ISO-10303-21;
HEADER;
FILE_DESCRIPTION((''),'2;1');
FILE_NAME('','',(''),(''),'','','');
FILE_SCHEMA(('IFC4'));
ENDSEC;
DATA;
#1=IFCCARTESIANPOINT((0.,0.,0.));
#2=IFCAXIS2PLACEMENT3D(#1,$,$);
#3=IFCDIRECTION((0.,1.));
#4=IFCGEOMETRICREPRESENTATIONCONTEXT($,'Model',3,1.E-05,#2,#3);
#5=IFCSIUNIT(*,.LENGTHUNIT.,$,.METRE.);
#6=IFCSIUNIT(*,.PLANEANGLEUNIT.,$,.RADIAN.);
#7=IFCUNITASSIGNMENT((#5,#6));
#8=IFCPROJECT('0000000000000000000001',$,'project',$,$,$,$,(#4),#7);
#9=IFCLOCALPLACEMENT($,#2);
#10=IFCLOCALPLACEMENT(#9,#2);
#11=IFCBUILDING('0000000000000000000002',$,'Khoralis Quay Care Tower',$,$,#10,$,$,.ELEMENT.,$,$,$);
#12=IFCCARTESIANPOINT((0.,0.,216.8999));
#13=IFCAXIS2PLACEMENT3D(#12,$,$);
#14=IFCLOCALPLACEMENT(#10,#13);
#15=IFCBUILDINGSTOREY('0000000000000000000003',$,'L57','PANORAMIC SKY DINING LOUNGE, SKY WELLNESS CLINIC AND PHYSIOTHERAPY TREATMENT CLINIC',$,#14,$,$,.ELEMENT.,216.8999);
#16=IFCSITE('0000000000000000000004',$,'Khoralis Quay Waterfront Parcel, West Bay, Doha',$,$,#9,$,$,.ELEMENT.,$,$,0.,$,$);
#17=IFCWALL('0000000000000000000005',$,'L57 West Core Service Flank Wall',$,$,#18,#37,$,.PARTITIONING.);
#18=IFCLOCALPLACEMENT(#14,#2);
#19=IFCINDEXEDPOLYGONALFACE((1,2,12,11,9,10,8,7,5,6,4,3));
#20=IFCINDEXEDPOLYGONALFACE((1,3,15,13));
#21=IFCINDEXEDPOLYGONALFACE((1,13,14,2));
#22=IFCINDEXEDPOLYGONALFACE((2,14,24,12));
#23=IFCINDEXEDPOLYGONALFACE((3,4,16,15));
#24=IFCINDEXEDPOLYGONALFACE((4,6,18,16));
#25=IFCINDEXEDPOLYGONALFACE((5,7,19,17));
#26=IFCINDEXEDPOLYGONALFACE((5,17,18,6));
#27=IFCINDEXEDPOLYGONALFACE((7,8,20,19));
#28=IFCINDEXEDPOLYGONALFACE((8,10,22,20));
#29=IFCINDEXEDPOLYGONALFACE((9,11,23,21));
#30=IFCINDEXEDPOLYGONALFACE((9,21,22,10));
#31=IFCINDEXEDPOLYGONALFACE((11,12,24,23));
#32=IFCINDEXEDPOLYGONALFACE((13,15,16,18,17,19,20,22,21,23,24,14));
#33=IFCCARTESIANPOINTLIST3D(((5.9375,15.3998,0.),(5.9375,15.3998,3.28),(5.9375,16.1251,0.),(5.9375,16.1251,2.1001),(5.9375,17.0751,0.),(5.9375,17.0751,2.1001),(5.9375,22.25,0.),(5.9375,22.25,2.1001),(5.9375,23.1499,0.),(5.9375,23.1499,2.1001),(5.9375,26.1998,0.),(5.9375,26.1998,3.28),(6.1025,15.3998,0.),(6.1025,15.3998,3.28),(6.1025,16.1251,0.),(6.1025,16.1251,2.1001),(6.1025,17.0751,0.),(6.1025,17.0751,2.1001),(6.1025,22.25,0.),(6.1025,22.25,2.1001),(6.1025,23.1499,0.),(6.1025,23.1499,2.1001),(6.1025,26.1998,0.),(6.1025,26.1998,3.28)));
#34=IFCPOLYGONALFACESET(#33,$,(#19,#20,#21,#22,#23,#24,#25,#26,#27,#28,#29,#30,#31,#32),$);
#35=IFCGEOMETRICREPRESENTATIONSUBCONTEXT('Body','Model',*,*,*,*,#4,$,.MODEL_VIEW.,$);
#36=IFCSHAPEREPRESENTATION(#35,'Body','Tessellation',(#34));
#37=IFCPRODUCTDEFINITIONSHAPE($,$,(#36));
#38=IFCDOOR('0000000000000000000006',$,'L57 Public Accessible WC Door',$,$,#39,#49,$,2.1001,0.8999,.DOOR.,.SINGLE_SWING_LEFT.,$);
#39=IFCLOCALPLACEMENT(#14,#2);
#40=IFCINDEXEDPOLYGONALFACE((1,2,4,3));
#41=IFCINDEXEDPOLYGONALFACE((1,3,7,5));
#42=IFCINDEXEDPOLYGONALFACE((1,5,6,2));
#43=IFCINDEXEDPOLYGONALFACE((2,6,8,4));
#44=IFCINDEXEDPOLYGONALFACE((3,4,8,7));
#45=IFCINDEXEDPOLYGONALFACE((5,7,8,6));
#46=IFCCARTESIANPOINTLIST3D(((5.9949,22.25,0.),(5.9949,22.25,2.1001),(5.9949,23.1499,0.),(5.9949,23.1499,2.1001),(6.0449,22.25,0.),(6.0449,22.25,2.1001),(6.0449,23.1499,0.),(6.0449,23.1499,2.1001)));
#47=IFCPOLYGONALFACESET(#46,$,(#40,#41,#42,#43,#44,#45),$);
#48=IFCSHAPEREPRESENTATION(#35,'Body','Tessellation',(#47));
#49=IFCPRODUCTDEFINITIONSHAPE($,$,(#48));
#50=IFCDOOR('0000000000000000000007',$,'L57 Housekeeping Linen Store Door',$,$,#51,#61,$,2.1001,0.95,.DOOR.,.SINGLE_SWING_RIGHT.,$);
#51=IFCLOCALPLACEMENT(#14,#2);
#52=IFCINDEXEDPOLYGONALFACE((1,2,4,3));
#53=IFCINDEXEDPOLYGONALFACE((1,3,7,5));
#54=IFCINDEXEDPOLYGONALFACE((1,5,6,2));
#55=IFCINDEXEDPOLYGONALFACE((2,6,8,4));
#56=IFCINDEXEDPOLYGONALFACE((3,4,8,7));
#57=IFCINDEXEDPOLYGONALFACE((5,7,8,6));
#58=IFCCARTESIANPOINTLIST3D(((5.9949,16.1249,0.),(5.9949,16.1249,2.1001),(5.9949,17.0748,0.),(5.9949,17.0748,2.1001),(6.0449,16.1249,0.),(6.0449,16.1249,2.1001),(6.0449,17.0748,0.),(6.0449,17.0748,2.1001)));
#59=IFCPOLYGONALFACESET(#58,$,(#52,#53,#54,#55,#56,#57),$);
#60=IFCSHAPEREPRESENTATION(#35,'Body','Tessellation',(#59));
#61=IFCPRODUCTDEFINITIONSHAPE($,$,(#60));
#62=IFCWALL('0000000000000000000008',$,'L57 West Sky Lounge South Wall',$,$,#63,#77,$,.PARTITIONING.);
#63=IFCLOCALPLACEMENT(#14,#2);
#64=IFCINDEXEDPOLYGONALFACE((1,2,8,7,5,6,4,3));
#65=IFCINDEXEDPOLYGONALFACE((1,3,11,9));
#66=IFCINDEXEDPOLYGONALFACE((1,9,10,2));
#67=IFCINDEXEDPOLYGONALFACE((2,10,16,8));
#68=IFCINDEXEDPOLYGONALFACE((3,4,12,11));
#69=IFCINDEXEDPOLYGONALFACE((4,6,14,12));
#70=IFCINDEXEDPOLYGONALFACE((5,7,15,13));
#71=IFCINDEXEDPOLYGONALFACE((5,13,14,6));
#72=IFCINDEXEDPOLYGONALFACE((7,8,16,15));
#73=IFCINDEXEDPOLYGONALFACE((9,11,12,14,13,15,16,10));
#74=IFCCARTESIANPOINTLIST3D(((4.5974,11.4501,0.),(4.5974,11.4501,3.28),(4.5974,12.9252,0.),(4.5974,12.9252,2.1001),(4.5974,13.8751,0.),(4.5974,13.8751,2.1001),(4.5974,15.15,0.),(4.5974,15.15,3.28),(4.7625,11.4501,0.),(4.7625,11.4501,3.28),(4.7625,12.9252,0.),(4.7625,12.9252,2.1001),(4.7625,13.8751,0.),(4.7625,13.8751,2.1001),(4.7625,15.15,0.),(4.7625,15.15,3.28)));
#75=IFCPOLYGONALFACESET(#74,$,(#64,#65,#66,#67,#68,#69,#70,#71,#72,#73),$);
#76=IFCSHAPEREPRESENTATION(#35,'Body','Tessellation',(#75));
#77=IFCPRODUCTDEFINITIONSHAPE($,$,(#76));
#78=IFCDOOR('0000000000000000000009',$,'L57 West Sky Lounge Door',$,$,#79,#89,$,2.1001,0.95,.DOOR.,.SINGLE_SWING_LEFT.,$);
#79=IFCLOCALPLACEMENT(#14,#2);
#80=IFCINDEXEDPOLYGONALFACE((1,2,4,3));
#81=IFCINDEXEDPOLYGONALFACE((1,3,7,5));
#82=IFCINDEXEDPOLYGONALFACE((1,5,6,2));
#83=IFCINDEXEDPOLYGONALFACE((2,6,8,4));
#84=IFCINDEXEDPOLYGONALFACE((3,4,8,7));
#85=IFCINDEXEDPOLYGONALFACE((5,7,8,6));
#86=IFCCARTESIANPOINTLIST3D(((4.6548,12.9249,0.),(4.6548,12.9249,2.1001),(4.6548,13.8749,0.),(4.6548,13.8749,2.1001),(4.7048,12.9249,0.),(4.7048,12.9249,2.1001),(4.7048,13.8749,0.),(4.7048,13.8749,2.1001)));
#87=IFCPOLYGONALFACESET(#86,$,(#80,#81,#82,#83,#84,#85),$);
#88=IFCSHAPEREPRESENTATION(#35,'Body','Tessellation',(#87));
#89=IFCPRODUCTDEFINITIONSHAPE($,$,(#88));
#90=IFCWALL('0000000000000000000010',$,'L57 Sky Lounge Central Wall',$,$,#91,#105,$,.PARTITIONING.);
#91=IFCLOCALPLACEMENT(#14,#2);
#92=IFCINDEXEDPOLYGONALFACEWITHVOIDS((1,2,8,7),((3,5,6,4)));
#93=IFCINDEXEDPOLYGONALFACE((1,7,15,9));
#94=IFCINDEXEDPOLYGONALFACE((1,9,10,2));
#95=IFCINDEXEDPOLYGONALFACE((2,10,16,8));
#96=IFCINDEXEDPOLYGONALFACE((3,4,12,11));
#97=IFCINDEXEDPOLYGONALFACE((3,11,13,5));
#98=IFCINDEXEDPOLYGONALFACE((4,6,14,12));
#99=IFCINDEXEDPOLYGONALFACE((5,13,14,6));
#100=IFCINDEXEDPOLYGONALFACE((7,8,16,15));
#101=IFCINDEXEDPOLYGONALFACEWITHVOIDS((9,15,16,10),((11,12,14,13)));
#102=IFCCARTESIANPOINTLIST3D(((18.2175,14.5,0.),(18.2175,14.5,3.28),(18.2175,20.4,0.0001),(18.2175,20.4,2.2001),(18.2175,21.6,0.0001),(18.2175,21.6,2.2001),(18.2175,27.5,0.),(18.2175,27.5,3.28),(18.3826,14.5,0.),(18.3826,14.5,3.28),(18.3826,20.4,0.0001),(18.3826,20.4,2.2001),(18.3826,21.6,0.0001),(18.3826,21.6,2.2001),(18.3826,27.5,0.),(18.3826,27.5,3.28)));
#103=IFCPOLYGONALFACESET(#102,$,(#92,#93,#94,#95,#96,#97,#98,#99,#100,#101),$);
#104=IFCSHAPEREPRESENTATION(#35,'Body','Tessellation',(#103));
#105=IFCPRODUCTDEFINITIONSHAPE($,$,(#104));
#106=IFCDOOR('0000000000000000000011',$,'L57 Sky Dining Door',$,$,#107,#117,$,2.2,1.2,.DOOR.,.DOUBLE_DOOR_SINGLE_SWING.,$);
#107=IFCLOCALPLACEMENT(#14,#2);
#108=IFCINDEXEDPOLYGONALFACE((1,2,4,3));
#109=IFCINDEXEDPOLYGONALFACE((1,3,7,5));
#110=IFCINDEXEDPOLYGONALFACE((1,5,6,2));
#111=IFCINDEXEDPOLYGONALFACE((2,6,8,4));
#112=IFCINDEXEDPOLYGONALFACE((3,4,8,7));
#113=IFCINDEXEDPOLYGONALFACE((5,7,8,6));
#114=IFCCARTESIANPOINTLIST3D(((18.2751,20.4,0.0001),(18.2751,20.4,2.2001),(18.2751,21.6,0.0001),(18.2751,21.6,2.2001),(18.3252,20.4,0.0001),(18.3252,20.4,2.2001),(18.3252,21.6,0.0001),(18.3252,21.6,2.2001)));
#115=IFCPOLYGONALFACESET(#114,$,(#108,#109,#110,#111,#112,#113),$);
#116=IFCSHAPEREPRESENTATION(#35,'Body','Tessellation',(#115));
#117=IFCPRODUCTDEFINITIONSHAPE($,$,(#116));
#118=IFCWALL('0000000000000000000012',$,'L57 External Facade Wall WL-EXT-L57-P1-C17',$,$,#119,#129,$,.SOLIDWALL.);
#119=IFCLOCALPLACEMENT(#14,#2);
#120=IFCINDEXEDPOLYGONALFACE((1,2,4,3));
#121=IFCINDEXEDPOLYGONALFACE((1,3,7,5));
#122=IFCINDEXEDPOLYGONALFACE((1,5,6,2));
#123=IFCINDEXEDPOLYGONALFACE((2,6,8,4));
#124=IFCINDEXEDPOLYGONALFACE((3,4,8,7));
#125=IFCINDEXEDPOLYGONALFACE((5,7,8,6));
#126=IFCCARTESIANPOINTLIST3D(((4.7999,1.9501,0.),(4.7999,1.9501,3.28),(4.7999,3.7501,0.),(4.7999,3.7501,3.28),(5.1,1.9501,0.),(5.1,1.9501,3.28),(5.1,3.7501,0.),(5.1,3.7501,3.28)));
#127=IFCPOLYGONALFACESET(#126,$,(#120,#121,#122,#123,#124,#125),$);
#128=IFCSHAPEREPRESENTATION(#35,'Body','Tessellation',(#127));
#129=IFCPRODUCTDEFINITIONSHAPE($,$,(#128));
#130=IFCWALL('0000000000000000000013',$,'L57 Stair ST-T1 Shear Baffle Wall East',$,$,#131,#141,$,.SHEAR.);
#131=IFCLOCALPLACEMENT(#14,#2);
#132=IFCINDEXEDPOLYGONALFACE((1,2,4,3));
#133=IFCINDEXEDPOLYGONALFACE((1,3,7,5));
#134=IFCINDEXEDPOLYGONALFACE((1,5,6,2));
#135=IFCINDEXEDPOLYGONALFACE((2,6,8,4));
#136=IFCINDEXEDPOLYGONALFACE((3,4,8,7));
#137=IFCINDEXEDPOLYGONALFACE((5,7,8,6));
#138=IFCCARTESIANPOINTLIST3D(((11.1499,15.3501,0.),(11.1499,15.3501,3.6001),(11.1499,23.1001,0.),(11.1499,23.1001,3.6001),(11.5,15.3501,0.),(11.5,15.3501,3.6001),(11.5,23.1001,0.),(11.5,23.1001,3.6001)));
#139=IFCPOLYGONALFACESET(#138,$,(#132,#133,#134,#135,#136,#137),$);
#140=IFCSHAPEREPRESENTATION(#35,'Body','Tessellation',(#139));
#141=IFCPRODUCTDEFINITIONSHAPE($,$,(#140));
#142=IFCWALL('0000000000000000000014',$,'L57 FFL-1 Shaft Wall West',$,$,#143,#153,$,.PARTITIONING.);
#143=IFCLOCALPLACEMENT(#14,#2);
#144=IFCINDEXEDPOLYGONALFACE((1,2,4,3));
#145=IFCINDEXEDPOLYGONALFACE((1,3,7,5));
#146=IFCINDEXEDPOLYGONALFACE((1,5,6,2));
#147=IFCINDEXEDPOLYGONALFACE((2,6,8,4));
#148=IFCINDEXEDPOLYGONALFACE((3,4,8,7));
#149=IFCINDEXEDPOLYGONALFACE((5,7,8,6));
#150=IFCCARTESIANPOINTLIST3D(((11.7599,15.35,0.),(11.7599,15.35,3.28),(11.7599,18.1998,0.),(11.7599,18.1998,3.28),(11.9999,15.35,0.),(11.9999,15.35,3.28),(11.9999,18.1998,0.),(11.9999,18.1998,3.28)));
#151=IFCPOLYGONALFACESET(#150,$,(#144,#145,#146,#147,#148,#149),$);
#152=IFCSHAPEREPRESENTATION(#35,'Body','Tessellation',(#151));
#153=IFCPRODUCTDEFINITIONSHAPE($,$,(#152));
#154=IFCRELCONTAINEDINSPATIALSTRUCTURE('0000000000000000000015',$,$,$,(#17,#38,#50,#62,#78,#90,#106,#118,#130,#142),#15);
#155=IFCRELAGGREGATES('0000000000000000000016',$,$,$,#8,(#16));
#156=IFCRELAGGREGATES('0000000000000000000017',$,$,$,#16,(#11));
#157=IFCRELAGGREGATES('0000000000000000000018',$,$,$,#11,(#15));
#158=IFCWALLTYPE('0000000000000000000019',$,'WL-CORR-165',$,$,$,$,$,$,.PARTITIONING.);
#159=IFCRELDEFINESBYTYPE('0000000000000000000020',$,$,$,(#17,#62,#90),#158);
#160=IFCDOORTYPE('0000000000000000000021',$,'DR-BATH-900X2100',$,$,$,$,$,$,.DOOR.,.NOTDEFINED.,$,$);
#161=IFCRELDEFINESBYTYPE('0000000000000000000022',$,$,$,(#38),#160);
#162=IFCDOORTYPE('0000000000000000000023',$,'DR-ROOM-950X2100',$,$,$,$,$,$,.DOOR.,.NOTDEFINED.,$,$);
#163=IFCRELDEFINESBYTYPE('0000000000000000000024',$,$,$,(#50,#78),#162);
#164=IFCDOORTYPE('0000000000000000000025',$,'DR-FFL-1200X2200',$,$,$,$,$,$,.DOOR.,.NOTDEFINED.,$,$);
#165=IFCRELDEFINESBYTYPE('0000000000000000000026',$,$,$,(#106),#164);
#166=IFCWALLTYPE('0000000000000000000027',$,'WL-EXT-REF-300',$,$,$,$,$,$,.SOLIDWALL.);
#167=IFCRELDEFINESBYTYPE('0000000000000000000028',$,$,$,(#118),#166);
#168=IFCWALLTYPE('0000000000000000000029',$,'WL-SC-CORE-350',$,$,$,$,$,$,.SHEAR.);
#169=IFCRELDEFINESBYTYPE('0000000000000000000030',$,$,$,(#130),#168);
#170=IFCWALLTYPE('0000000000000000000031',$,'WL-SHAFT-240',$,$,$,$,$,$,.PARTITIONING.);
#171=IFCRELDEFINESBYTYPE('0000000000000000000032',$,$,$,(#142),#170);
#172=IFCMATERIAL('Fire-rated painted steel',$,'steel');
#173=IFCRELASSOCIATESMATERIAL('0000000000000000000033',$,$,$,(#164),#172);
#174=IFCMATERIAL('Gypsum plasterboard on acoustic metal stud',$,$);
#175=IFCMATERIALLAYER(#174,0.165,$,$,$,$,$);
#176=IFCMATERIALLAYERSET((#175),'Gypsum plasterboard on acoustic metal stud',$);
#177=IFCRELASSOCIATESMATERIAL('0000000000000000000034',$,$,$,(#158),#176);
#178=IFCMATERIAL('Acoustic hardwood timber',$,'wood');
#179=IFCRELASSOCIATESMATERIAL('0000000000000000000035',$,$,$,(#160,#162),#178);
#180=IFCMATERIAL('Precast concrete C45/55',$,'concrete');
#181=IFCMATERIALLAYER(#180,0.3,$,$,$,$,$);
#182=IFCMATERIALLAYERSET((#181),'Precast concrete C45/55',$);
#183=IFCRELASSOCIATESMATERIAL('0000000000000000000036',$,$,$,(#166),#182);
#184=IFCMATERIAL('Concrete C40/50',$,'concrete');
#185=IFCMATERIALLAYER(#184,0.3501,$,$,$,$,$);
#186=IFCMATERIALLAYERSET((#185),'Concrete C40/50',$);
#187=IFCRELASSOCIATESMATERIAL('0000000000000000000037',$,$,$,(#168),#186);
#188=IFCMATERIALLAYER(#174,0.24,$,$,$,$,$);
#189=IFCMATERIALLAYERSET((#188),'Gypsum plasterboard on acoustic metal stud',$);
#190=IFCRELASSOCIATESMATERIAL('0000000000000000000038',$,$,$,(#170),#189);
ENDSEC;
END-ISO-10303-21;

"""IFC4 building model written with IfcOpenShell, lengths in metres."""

from ifc_helpers import new_model, si_unit, direction, frame, frame_2d, origin, place, context, subcontext, project, spatial, rectangle, extrude, source, transform, mapped, material, layer, layer_set, type_object, element, fill, save


model = new_model("IFC4")

# Units and contexts
model_context = context("Model", 3, precision=1e-05, world=origin(), true_north=direction((0.0, 1.0)))
body_context = subcontext(model_context, "Body", "Model", "MODEL_VIEW")
ifc_project = project(units=[si_unit("LENGTHUNIT", "METRE"), si_unit("PLANEANGLEUNIT", "RADIAN")], contexts=[model_context])

# Site, building, storey
site_placement = place(None, origin())
site = spatial("IfcSite", under=ifc_project, at=site_placement, Name="Khoralis Quay Waterfront Parcel, West Bay, Doha", CompositionType="ELEMENT", RefElevation=0.0)
building_placement = place(site_placement, origin())
building = spatial("IfcBuilding", under=site, at=building_placement, Name="Khoralis Quay Care Tower", CompositionType="ELEMENT")
storey_placement = place(building_placement, frame((0.0, 0.0, 216.8999)))
storey = spatial("IfcBuildingStorey", under=building, at=storey_placement, Name="L57", Description="PANORAMIC SKY DINING LOUNGE, SKY WELLNESS CLINIC AND PHYSIOTHERAPY TREATMENT CLINIC", CompositionType="ELEMENT", Elevation=216.8999)

# Shared definitions
ifc_material_1 = material(Name="Gypsum plasterboard on acoustic metal stud")
ifc_material_2 = material(Name="Fire-rated painted steel", Category="steel")
door_type_1 = type_object("IfcDoorType", Name="DR-FFL-1200X2200", OperationType="NOTDEFINED", PredefinedType="DOOR", material=ifc_material_2)
shared_shape_1 = source(origin(), body_context, "Body", "SweptSolid", [
    extrude(rectangle(XDim=1.2, YDim=2.2, at=frame_2d((0.6001, 1.1001))), frame((0.0, 0.0249, 0.0), z_axis=(0.0, -1.0, 0.0), x_axis=(1.0, 0.0, 0.0)), (0.0, 0.0, 1.0), 0.05),
])

# Wall, openings, doors
ifc_layer_1 = layer(ifc_material_1, 0.165)
ifc_layer_set_1 = layer_set([ifc_layer_1], Name="Gypsum plasterboard on acoustic metal stud")
wall_type_1 = type_object("IfcWallType", Name="WL-CORR-165", PredefinedType="PARTITIONING", material=ifc_layer_set_1)
wall_1_placement = place(storey_placement, frame((6.02, 15.3999, 0.0), z_axis=(0.0, 0.0, 1.0), x_axis=(0.0, 1.0, 0.0)))
wall_1 = element("IfcWall", 1, at=wall_1_placement, inside=storey, type_object=wall_type_1, Name="L57 West Core Service Flank Wall", PredefinedType="PARTITIONING", context=body_context, shape_type="SweptSolid", body=[
    extrude(rectangle(XDim=10.8, YDim=0.165, at=frame_2d((5.3999, 0.0))), origin(), (0.0, 0.0, 1.0), 3.28),
])
opening_1_placement = place(wall_1_placement, frame((0.7251, 0.0, 0.0)))
opening_1 = element("IfcOpeningElement", 2, at=opening_1_placement, cuts=wall_1, PredefinedType="OPENING", context=body_context, shape_type="SweptSolid", body=[
    extrude(rectangle(XDim=0.95, YDim=2.1001, at=frame_2d((0.4751, 1.05))), frame((0.0, 0.0925, 0.0), z_axis=(0.0, -1.0, 0.0), x_axis=(1.0, 0.0, 0.0)), (0.0, 0.0, 1.0), 0.1851),
])
opening_2_placement = place(wall_1_placement, frame((6.8501, 0.0, 0.0)))
opening_2 = element("IfcOpeningElement", 3, at=opening_2_placement, cuts=wall_1, PredefinedType="OPENING", context=body_context, shape_type="SweptSolid", body=[
    extrude(rectangle(XDim=0.8999, YDim=2.1001, at=frame_2d((0.45, 1.05))), frame((0.0, 0.0925, 0.0), z_axis=(0.0, -1.0, 0.0), x_axis=(1.0, 0.0, 0.0)), (0.0, 0.0, 1.0), 0.1851),
])
ifc_material_3 = material(Name="Acoustic hardwood timber", Category="wood")
door_type_2 = type_object("IfcDoorType", Name="DR-BATH-900X2100", OperationType="NOTDEFINED", PredefinedType="DOOR", material=ifc_material_3)
shared_shape_2 = source(origin(), body_context, "Body", "SweptSolid", [
    extrude(rectangle(XDim=0.8999, YDim=2.1001, at=frame_2d((0.45, 1.05))), frame((0.0, 0.0249, 0.0), z_axis=(0.0, -1.0, 0.0), x_axis=(1.0, 0.0, 0.0)), (0.0, 0.0, 1.0), 0.05),
])
door_1_placement = place(opening_2_placement, frame((0.8999, 0.0, 0.0), z_axis=(0.0, 0.0, 1.0), x_axis=(-1.0, 0.0, 0.0)))
door_1 = element("IfcDoor", 4, at=door_1_placement, inside=storey, type_object=door_type_2, Name="L57 Public Accessible WC Door", OperationType="SINGLE_SWING_LEFT", OverallHeight=2.1001, OverallWidth=0.8999, PredefinedType="DOOR", context=body_context, shape_type="MappedRepresentation", body=[
    mapped(shared_shape_2, transform((0.0, 0.0, 0.0), scale=1.0)),
])
fill(opening_2, door_1)
door_type_3 = type_object("IfcDoorType", Name="DR-ROOM-950X2100", OperationType="NOTDEFINED", PredefinedType="DOOR", material=ifc_material_3)
shared_shape_3 = source(origin(), body_context, "Body", "SweptSolid", [
    extrude(rectangle(XDim=0.95, YDim=2.1001, at=frame_2d((0.4751, 1.05))), frame((0.0, 0.0249, 0.0), z_axis=(0.0, -1.0, 0.0), x_axis=(1.0, 0.0, 0.0)), (0.0, 0.0, 1.0), 0.05),
])
door_2_placement = place(opening_1_placement, frame((0.95, 0.0, 0.0), z_axis=(0.0, 0.0, 1.0), x_axis=(-1.0, 0.0, 0.0)))
door_2 = element("IfcDoor", 5, at=door_2_placement, inside=storey, type_object=door_type_3, Name="L57 Housekeeping Linen Store Door", OperationType="SINGLE_SWING_RIGHT", OverallHeight=2.1001, OverallWidth=0.95, PredefinedType="DOOR", context=body_context, shape_type="MappedRepresentation", body=[
    mapped(shared_shape_3, transform((0.0, 0.0, 0.0), scale=1.0)),
])
fill(opening_1, door_2)

# Walls, openings, doors
wall_2_placement = place(storey_placement, frame((4.6799, 11.45, 0.0), z_axis=(0.0, 0.0, 1.0), x_axis=(0.0, 1.0, 0.0)))
wall_2 = element("IfcWall", 6, at=wall_2_placement, inside=storey, type_object=wall_type_1, Name="L57 West Sky Lounge South Wall", PredefinedType="PARTITIONING", context=body_context, shape_type="SweptSolid", body=[
    extrude(rectangle(XDim=3.7, YDim=0.165, at=frame_2d((1.8501, 0.0))), origin(), (0.0, 0.0, 1.0), 3.28),
])
opening_3_placement = place(wall_2_placement, frame((1.4751, 0.0, 0.0)))
opening_3 = element("IfcOpeningElement", 7, at=opening_3_placement, cuts=wall_2, PredefinedType="OPENING", context=body_context, shape_type="SweptSolid", body=[
    extrude(rectangle(XDim=0.95, YDim=2.1001, at=frame_2d((0.4751, 1.05))), frame((0.0, 0.0925, 0.0), z_axis=(0.0, -1.0, 0.0), x_axis=(1.0, 0.0, 0.0)), (0.0, 0.0, 1.0), 0.1851),
])
door_3_placement = place(opening_3_placement, frame((0.95, 0.0, 0.0), z_axis=(0.0, 0.0, 1.0), x_axis=(-1.0, 0.0, 0.0)))
door_3 = element("IfcDoor", 8, at=door_3_placement, inside=storey, type_object=door_type_3, Name="L57 West Sky Lounge Door", OperationType="SINGLE_SWING_LEFT", OverallHeight=2.1001, OverallWidth=0.95, PredefinedType="DOOR", context=body_context, shape_type="MappedRepresentation", body=[
    mapped(shared_shape_3, transform((0.0, 0.0, 0.0), scale=1.0)),
])
fill(opening_3, door_3)
wall_3_placement = place(storey_placement, frame((18.3, 14.5, 0.0), z_axis=(0.0, 0.0, 1.0), x_axis=(0.0, 1.0, 0.0)))
wall_3 = element("IfcWall", 9, at=wall_3_placement, inside=storey, type_object=wall_type_1, Name="L57 Sky Lounge Central Wall", PredefinedType="PARTITIONING", context=body_context, shape_type="SweptSolid", body=[
    extrude(rectangle(XDim=13.0, YDim=0.165, at=frame_2d((6.5, 0.0))), origin(), (0.0, 0.0, 1.0), 3.28),
])
opening_4_placement = place(wall_3_placement, frame((5.8999, 0.0, 0.0)))
opening_4 = element("IfcOpeningElement", 10, at=opening_4_placement, cuts=wall_3, PredefinedType="OPENING", context=body_context, shape_type="SweptSolid", body=[
    extrude(rectangle(XDim=1.2, YDim=2.2, at=frame_2d((0.6001, 1.1001))), frame((0.0, 0.0925, 0.0), z_axis=(0.0, -1.0, 0.0), x_axis=(1.0, 0.0, 0.0)), (0.0, 0.0, 1.0), 0.1851),
])
door_4_placement = place(opening_4_placement, origin())
door_4 = element("IfcDoor", 11, at=door_4_placement, inside=storey, type_object=door_type_1, Name="L57 Sky Dining Door", OperationType="DOUBLE_DOOR_SINGLE_SWING", OverallHeight=2.2, OverallWidth=1.2, PredefinedType="DOOR", context=body_context, shape_type="MappedRepresentation", body=[
    mapped(shared_shape_1, transform((0.0, 0.0, 0.0), scale=1.0)),
])
fill(opening_4, door_4)

# Walls
ifc_material_4 = material(Name="Precast concrete C45/55", Category="concrete")
ifc_layer_2 = layer(ifc_material_4, 0.3)
ifc_layer_set_2 = layer_set([ifc_layer_2], Name="Precast concrete C45/55")
wall_type_2 = type_object("IfcWallType", Name="WL-EXT-REF-300", PredefinedType="SOLIDWALL", material=ifc_layer_set_2)
wall_4_placement = place(storey_placement, frame((4.95, 3.75, 0.0), z_axis=(0.0, 0.0, 1.0), x_axis=(0.0, -1.0, 0.0)))
element("IfcWall", 12, at=wall_4_placement, inside=storey, type_object=wall_type_2, Name="L57 External Facade Wall WL-EXT-L57-P1-C17", PredefinedType="SOLIDWALL", context=body_context, shape_type="SweptSolid", body=[
    extrude(rectangle(XDim=1.8, YDim=0.3, at=frame_2d((0.8999, 0.0))), origin(), (0.0, 0.0, 1.0), 3.28),
])
ifc_material_5 = material(Name="Concrete C40/50", Category="concrete")
ifc_layer_3 = layer(ifc_material_5, 0.3501)
ifc_layer_set_3 = layer_set([ifc_layer_3], Name="Concrete C40/50")
wall_type_3 = type_object("IfcWallType", Name="WL-SC-CORE-350", PredefinedType="SHEAR", material=ifc_layer_set_3)
wall_5_placement = place(storey_placement, frame((11.325, 15.3501, 0.0), z_axis=(0.0, 0.0, 1.0), x_axis=(0.0, 1.0, 0.0)))
element("IfcWall", 13, at=wall_5_placement, inside=storey, type_object=wall_type_3, Name="L57 Stair ST-T1 Shear Baffle Wall East", PredefinedType="SHEAR", context=body_context, shape_type="SweptSolid", body=[
    extrude(rectangle(XDim=7.75, YDim=0.3501, at=frame_2d((3.875, 0.0))), origin(), (0.0, 0.0, 1.0), 3.6001),
])
ifc_layer_4 = layer(ifc_material_1, 0.24)
ifc_layer_set_4 = layer_set([ifc_layer_4], Name="Gypsum plasterboard on acoustic metal stud")
wall_type_4 = type_object("IfcWallType", Name="WL-SHAFT-240", PredefinedType="PARTITIONING", material=ifc_layer_set_4)
wall_6_placement = place(storey_placement, frame((11.8799, 15.3501, 0.0), z_axis=(0.0, 0.0, 1.0), x_axis=(0.0, 1.0, 0.0)))
element("IfcWall", 14, at=wall_6_placement, inside=storey, type_object=wall_type_4, Name="L57 FFL-1 Shaft Wall West", PredefinedType="PARTITIONING", context=body_context, shape_type="SweptSolid", body=[
    extrude(rectangle(XDim=2.8499, YDim=0.24, at=frame_2d((1.4248, 0.0))), origin(), (0.0, 0.0, 1.0), 3.28),
])

save(model, "model.ifc")
